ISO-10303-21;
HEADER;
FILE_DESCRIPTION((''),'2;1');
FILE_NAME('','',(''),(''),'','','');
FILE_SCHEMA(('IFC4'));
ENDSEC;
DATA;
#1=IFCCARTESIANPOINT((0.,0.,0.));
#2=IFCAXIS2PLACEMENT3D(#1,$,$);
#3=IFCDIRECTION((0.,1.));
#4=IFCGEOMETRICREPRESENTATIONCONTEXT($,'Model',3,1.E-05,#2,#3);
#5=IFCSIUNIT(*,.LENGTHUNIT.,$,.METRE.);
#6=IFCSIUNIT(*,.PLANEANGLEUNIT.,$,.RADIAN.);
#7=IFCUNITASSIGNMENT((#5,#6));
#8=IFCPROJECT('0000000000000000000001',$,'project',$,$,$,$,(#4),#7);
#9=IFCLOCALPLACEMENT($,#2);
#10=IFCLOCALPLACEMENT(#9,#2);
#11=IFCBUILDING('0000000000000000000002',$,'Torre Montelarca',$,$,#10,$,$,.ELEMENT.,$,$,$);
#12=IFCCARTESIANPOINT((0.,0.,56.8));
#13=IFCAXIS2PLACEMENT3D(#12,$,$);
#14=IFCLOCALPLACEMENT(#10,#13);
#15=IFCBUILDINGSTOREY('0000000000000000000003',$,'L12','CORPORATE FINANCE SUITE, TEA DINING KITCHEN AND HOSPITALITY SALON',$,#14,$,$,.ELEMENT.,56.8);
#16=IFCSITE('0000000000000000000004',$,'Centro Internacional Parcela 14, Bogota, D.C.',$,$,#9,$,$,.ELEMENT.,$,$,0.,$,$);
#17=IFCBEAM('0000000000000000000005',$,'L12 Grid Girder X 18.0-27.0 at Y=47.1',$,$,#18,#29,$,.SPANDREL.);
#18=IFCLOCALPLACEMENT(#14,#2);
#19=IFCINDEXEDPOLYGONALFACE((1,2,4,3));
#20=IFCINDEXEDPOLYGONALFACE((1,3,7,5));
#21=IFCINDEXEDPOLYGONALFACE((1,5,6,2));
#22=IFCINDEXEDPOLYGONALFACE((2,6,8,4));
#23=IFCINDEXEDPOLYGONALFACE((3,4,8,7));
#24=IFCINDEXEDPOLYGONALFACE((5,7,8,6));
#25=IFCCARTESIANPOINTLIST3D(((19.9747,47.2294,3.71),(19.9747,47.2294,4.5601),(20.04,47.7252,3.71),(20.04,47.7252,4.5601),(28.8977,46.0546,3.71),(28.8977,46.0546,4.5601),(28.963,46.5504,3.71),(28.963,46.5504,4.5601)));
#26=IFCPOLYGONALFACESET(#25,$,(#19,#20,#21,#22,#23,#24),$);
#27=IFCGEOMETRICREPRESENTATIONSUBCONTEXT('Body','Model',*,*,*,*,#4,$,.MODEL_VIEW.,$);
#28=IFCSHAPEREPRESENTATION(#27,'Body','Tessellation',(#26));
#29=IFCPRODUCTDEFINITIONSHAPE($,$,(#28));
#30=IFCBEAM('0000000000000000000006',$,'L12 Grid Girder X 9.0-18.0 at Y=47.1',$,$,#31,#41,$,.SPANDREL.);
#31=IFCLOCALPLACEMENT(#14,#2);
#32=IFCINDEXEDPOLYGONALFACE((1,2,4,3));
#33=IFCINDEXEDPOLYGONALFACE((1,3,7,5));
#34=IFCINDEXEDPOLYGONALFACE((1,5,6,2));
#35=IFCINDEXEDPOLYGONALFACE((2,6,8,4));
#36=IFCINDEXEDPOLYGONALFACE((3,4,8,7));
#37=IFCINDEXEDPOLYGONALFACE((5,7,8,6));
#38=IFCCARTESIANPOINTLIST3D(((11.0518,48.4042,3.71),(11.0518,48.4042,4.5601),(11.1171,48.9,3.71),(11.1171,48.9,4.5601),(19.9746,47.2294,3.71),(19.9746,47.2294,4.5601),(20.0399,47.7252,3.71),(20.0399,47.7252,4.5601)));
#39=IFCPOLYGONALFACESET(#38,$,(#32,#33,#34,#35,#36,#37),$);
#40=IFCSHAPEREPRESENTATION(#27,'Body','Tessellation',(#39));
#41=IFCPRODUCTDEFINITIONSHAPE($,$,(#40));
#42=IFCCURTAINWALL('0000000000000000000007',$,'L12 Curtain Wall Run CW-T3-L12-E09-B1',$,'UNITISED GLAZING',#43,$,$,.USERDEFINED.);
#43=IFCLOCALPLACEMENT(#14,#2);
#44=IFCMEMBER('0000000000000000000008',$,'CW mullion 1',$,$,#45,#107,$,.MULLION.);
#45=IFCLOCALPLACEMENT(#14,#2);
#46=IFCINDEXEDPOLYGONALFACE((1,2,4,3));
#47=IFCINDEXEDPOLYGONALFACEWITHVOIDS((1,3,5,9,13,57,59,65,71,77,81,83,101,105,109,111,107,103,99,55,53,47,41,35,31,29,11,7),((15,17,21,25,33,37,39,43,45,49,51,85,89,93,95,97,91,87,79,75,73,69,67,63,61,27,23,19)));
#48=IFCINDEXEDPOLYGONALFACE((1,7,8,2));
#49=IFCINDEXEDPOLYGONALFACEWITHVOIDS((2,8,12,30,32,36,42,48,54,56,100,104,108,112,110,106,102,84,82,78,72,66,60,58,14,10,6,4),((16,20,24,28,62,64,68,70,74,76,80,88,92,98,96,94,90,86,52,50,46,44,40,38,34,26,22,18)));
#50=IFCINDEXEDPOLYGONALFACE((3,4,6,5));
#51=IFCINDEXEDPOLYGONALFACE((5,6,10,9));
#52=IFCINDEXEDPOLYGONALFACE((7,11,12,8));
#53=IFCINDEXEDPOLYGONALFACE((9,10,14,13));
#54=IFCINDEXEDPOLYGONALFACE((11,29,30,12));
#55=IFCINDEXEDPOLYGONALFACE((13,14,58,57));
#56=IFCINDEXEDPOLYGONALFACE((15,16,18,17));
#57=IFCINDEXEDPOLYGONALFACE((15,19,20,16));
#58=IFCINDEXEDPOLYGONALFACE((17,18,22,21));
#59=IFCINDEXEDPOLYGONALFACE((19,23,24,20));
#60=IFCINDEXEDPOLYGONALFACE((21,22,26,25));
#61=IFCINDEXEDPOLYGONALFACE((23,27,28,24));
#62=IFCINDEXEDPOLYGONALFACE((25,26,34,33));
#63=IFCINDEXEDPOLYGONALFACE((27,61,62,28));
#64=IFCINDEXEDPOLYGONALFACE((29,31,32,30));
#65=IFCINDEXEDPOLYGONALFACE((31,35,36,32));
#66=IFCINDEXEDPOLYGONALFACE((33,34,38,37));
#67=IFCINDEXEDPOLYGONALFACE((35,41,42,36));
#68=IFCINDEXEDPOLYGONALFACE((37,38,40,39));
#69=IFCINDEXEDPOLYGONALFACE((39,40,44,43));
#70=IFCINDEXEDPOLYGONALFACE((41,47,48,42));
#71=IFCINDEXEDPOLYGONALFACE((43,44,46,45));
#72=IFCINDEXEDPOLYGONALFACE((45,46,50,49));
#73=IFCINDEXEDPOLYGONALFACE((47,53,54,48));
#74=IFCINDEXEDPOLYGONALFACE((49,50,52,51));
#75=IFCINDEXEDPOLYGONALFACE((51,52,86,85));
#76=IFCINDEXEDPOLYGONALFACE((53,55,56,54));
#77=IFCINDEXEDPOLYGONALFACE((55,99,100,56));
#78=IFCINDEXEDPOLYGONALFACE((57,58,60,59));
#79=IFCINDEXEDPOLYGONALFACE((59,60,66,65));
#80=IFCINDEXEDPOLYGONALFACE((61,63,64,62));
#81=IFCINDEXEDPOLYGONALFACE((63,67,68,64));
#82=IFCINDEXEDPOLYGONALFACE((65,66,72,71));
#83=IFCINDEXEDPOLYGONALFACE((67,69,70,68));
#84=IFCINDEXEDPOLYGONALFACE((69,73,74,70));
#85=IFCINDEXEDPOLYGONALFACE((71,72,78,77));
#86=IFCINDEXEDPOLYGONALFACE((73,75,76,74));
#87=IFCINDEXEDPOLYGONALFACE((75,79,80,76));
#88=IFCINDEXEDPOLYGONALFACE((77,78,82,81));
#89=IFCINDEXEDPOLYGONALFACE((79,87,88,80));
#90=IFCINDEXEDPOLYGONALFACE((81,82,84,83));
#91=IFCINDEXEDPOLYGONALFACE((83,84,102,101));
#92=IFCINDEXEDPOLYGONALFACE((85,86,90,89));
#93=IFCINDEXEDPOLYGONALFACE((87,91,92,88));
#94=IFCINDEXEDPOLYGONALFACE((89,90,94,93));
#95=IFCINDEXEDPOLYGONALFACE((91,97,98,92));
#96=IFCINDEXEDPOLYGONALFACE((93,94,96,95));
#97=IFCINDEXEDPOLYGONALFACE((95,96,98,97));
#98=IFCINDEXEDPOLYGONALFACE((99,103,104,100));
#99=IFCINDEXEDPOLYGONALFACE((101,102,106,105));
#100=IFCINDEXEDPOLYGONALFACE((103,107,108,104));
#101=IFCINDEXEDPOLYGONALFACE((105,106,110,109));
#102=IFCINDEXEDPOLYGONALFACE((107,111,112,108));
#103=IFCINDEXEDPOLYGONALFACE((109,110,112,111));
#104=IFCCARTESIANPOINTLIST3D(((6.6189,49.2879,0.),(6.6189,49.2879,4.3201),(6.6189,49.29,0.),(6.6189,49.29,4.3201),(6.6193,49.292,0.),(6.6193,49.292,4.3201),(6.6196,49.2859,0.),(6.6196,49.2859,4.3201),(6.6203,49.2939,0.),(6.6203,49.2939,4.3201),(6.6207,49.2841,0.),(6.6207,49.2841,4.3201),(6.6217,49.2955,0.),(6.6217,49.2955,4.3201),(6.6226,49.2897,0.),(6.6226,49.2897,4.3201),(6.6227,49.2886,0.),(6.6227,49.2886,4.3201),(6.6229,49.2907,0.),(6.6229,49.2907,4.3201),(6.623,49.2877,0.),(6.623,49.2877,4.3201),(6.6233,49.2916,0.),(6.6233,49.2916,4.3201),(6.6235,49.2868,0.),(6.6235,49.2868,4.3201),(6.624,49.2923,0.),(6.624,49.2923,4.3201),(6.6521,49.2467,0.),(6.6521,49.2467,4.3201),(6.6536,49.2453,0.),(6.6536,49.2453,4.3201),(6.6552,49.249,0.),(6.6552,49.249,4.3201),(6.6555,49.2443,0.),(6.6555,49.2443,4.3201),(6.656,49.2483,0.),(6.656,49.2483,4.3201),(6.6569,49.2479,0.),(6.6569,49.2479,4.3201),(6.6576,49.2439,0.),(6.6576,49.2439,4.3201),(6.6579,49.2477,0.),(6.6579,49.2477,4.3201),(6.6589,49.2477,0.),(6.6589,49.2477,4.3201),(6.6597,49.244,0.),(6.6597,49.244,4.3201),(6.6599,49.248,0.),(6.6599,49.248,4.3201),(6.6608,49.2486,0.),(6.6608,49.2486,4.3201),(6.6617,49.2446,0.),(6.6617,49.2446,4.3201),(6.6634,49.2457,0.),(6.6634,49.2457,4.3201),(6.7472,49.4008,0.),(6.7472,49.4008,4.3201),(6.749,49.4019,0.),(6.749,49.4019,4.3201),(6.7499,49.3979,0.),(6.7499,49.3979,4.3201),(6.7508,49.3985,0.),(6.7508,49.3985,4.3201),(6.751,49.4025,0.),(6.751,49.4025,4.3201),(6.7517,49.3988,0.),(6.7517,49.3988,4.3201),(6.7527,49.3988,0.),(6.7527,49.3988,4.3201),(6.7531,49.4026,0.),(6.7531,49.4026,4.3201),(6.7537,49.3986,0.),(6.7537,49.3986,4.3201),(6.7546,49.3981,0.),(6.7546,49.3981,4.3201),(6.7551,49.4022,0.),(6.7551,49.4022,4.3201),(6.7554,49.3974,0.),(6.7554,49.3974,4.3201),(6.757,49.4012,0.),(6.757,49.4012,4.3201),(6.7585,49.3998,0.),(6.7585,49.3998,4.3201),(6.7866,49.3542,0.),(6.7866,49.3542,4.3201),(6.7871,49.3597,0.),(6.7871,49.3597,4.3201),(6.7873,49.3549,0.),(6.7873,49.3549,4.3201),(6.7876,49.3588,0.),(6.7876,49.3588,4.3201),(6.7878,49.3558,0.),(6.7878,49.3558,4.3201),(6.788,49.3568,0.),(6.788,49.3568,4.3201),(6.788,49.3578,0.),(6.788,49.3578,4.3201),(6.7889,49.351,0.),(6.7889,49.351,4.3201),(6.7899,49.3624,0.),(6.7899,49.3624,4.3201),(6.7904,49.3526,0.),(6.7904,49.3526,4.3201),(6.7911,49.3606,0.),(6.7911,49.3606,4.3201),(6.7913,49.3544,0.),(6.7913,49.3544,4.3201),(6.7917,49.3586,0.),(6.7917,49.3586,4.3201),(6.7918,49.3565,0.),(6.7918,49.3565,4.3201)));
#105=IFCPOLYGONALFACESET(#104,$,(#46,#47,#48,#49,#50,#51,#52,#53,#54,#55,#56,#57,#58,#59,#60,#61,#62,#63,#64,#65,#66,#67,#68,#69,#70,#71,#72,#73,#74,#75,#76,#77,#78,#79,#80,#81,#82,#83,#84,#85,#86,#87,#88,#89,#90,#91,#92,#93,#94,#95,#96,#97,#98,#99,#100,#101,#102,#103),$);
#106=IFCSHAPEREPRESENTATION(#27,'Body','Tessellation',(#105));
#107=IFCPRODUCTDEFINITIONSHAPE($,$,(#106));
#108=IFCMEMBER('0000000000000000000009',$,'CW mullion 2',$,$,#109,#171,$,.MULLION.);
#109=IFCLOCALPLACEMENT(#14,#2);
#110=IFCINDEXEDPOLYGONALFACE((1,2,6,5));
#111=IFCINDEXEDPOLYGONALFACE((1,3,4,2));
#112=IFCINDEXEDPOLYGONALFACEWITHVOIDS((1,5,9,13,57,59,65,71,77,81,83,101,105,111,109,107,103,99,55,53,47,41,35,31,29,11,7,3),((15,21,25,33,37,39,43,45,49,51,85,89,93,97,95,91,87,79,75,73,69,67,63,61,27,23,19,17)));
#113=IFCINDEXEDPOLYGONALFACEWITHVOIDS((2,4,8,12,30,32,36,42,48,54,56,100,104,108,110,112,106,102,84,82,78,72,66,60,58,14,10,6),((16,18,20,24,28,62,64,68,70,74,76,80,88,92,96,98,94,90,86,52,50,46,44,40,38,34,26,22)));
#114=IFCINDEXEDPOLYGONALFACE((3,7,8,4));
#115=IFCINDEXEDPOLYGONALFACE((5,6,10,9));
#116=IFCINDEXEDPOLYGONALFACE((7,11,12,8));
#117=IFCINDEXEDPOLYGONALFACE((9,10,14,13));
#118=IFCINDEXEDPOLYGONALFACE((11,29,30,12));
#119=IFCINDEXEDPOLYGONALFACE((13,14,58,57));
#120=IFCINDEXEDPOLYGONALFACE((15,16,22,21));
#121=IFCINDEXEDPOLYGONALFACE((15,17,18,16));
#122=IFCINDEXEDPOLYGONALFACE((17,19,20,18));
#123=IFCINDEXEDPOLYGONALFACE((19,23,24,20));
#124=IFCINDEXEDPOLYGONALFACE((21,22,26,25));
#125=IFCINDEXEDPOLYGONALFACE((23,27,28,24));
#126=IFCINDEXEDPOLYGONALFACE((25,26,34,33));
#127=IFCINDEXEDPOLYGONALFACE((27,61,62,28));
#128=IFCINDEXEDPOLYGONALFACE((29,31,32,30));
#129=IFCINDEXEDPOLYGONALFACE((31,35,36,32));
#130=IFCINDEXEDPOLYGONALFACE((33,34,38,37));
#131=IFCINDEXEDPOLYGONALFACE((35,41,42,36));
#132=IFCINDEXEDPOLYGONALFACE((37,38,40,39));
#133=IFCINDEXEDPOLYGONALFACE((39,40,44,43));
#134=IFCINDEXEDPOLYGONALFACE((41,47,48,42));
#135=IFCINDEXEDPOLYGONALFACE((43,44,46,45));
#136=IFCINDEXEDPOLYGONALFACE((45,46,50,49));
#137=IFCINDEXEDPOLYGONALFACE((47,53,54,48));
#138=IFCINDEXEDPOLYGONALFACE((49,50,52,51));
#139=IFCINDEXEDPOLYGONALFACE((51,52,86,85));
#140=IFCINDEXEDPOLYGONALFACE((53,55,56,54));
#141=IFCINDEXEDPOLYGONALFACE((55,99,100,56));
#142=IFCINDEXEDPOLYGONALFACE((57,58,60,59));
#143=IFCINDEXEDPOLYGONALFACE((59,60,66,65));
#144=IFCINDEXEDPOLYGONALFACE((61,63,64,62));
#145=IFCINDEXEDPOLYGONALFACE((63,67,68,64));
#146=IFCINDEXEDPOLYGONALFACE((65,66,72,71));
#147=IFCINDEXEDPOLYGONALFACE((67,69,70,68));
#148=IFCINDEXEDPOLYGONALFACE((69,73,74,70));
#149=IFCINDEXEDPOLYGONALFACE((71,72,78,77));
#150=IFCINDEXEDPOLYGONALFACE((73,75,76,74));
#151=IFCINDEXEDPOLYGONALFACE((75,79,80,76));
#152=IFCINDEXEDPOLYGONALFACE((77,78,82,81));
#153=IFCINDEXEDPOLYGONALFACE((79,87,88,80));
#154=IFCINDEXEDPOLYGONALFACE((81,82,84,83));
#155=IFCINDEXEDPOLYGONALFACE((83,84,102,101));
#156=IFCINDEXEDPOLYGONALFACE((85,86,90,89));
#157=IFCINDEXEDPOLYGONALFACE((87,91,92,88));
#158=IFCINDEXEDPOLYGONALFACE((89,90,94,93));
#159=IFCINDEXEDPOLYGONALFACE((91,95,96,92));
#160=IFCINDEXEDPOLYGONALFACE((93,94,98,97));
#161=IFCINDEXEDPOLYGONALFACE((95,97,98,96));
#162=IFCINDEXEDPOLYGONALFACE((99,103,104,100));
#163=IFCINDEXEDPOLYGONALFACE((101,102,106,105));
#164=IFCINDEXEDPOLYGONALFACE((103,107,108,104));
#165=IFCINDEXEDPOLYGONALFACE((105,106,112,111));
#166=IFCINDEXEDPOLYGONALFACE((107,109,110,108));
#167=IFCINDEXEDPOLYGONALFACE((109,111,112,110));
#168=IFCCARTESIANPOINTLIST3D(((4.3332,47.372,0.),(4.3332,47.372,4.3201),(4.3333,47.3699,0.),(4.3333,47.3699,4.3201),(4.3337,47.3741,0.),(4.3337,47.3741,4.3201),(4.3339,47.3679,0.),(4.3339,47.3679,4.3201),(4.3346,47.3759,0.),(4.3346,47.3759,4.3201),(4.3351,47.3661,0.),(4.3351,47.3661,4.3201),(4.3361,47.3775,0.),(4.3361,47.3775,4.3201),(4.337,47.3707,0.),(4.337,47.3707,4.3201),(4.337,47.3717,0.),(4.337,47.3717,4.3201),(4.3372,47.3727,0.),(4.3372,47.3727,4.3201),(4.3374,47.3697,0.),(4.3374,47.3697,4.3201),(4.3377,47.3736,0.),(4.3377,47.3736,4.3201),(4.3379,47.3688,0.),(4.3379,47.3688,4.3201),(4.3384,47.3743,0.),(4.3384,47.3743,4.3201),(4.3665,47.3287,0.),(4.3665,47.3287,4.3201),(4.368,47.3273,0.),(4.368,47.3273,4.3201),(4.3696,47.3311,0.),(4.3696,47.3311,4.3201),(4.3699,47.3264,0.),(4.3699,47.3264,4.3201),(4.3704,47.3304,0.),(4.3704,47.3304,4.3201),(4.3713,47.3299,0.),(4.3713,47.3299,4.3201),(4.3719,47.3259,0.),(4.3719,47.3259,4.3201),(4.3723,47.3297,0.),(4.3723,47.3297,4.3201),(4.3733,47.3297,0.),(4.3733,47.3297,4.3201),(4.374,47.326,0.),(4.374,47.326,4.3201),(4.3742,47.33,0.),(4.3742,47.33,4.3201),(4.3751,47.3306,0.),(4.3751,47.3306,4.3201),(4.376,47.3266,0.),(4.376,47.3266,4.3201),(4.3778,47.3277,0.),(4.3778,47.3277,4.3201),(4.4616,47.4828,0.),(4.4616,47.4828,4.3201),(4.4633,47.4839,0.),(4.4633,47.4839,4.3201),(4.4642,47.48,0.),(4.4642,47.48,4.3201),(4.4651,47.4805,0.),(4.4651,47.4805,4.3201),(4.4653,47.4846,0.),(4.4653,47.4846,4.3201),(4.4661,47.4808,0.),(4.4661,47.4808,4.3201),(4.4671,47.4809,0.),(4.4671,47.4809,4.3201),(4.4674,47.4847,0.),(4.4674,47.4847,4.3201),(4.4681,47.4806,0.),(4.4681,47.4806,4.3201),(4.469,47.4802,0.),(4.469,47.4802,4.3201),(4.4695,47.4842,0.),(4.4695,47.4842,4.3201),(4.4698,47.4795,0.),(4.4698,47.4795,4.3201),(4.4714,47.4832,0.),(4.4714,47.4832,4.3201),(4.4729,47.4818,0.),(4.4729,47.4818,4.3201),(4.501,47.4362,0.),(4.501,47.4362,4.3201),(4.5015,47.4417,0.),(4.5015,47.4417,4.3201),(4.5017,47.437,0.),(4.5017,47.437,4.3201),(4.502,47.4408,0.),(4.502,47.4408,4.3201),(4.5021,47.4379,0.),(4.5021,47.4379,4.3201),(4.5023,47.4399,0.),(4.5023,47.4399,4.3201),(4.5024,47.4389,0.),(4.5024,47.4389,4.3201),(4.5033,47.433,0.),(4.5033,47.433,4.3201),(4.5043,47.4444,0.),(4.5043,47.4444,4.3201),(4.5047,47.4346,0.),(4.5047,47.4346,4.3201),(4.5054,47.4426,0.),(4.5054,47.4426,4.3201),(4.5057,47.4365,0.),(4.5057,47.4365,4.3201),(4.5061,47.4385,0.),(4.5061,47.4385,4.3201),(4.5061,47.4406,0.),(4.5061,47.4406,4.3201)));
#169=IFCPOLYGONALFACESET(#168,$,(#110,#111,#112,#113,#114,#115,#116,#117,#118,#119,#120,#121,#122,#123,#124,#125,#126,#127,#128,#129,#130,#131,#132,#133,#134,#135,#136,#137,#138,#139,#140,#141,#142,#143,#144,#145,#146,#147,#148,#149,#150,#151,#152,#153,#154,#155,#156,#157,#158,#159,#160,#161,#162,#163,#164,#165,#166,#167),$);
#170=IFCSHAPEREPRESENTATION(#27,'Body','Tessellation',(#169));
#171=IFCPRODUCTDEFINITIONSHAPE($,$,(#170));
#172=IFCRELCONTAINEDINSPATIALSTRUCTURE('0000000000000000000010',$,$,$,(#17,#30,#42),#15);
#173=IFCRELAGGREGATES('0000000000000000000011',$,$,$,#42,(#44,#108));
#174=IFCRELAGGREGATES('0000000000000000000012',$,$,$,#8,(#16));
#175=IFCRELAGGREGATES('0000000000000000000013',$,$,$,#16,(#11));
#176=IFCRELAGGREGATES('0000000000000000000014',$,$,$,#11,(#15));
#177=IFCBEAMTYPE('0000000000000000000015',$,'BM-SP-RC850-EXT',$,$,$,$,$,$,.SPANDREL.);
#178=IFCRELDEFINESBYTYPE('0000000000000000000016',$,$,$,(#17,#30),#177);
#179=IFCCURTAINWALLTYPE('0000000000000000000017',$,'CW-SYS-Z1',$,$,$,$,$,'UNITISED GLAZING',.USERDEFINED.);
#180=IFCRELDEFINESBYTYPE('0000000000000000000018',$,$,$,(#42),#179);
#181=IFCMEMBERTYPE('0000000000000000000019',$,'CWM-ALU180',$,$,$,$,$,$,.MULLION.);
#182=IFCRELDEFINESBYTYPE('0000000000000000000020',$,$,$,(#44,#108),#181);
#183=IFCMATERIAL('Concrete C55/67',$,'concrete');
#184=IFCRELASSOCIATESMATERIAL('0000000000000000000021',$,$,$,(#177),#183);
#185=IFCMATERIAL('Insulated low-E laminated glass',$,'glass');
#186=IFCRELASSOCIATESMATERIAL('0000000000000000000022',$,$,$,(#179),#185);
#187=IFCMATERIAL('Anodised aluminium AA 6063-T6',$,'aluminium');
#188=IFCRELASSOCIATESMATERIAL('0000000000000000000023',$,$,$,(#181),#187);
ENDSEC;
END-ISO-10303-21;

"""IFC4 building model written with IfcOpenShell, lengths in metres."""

from ifc_helpers import new_model, si_unit, direction, frame, origin, origin_2d, place, context, subcontext, project, spatial, rectangle, hollow_rectangle, extrude, source, transform, mapped, material, material_profile, profile_set, type_object, element, aggregate, save


model = new_model("IFC4")

# Units and contexts
model_context = context("Model", 3, precision=1e-05, world=origin(), true_north=direction((0.0, 1.0)))
body_context = subcontext(model_context, "Body", "Model", "MODEL_VIEW")
ifc_project = project(units=[si_unit("LENGTHUNIT", "METRE"), si_unit("PLANEANGLEUNIT", "RADIAN")], contexts=[model_context])

# Site, building, storey
site_placement = place(None, origin())
site = spatial("IfcSite", under=ifc_project, at=site_placement, Name="Centro Internacional Parcela 14, Bogota, D.C.", CompositionType="ELEMENT", RefElevation=0.0)
building_placement = place(site_placement, origin())
building = spatial("IfcBuilding", under=site, at=building_placement, Name="Torre Montelarca", CompositionType="ELEMENT")
storey_placement = place(building_placement, frame((0.0, 0.0, 56.8)))
storey = spatial("IfcBuildingStorey", under=building, at=storey_placement, Name="L12", Description="CORPORATE FINANCE SUITE, TEA DINING KITCHEN AND HOSPITALITY SALON", CompositionType="ELEMENT", Elevation=56.8)

# Shared definitions
ifc_material_1 = material(Name="Concrete C55/67", Category="concrete")

# Beams
ifc_material_profile_1 = material_profile(ifc_material_1, rectangle(XDim=0.5, YDim=0.8501, at=origin_2d()), Name="RCB500X850", Category="concrete")
ifc_profile_set_1 = profile_set([ifc_material_profile_1], Name="Concrete C55/67")
beam_type = type_object("IfcBeamType", Name="BM-SP-RC850-EXT", PredefinedType="SPANDREL", material=ifc_profile_set_1)
shared_shape_1 = source(origin(), body_context, "Body", "SweptSolid", [
    extrude(rectangle(XDim=0.5, YDim=0.8501, at=origin_2d()), origin(), (0.0, 0.0, 1.0), 9.0),
])
beam_1_placement = place(storey_placement, frame((20.0073, 47.4773, 4.135), z_axis=(0.991444, -0.130532, 0.0), x_axis=(0.130532, 0.991444, 0.0)))
element("IfcBeam", 1, at=beam_1_placement, inside=storey, type_object=beam_type, Name="L12 Grid Girder X 18.0-27.0 at Y=47.1", PredefinedType="SPANDREL", context=body_context, shape_type="MappedRepresentation", body=[
    mapped(shared_shape_1, transform((0.0, 0.0, 0.0), scale=1.0)),
])
shared_shape_2 = source(origin(), body_context, "Body", "SweptSolid", [
    extrude(rectangle(XDim=0.5, YDim=0.8501, at=origin_2d()), origin(), (0.0, 0.0, 1.0), 8.9998),
])
beam_2_placement = place(storey_placement, frame((11.0845, 48.6521, 4.135), z_axis=(0.991444, -0.130536, 0.0), x_axis=(0.130536, 0.991444, 0.0)))
element("IfcBeam", 2, at=beam_2_placement, inside=storey, type_object=beam_type, Name="L12 Grid Girder X 9.0-18.0 at Y=47.1", PredefinedType="SPANDREL", context=body_context, shape_type="MappedRepresentation", body=[
    mapped(shared_shape_2, transform((0.0, 0.0, 0.0), scale=1.0)),
])

# Curtain wall, members
ifc_material_2 = material(Name="Insulated low-E laminated glass", Category="glass")
curtain_wall_type = type_object("IfcCurtainWallType", Name="CW-SYS-Z1", ElementType="UNITISED GLAZING", PredefinedType="USERDEFINED", material=ifc_material_2)
curtain_wall_1_placement = place(storey_placement, origin())
curtain_wall_1 = element("IfcCurtainWall", 3, at=curtain_wall_1_placement, inside=storey, type_object=curtain_wall_type, Name="L12 Curtain Wall Run CW-T3-L12-E09-B1", ObjectType="UNITISED GLAZING", PredefinedType="USERDEFINED")
ifc_material_3 = material(Name="Anodised aluminium AA 6063-T6", Category="aluminium")
ifc_material_profile_2 = material_profile(ifc_material_3, hollow_rectangle(XDim=0.0649, YDim=0.1799, WallThickness=0.0039, InnerFilletRadius=0.0039, OuterFilletRadius=0.0081, at=origin_2d()), Name="ALU65X180X4", Category="aluminium")
ifc_profile_set_2 = profile_set([ifc_material_profile_2], Name="Anodised aluminium AA 6063-T6")
member_type_1 = type_object("IfcMemberType", Name="CWM-ALU180", PredefinedType="MULLION", material=ifc_profile_set_2)
shared_shape_3 = source(origin(), body_context, "Body", "SweptSolid", [
    extrude(hollow_rectangle(XDim=0.0649, YDim=0.1799, WallThickness=0.0039, InnerFilletRadius=0.0039, OuterFilletRadius=0.0081, at=origin_2d()), origin(), (0.0, 0.0, 1.0), 4.3201),
])
member_1_placement = place(storey_placement, frame((6.7053, 49.3232, 0.0), z_axis=(0.0, 0.0, 1.0), x_axis=(0.64279, -0.766043, 0.0)))
member_1 = element("IfcMember", 4, at=member_1_placement, type_object=member_type_1, Name="CW mullion 1", PredefinedType="MULLION", context=body_context, shape_type="MappedRepresentation", body=[
    mapped(shared_shape_3, transform((0.0, 0.0, 0.0), scale=1.0)),
])
member_2_placement = place(storey_placement, frame((4.4197, 47.4053, 0.0), z_axis=(0.0, 0.0, 1.0), x_axis=(0.64279, -0.766043, 0.0)))
member_2 = element("IfcMember", 5, at=member_2_placement, type_object=member_type_1, Name="CW mullion 2", PredefinedType="MULLION", context=body_context, shape_type="MappedRepresentation", body=[
    mapped(shared_shape_3, transform((0.0, 0.0, 0.0), scale=1.0)),
])

aggregate(curtain_wall_1, [member_1, member_2])

save(model, "model.ifc")
